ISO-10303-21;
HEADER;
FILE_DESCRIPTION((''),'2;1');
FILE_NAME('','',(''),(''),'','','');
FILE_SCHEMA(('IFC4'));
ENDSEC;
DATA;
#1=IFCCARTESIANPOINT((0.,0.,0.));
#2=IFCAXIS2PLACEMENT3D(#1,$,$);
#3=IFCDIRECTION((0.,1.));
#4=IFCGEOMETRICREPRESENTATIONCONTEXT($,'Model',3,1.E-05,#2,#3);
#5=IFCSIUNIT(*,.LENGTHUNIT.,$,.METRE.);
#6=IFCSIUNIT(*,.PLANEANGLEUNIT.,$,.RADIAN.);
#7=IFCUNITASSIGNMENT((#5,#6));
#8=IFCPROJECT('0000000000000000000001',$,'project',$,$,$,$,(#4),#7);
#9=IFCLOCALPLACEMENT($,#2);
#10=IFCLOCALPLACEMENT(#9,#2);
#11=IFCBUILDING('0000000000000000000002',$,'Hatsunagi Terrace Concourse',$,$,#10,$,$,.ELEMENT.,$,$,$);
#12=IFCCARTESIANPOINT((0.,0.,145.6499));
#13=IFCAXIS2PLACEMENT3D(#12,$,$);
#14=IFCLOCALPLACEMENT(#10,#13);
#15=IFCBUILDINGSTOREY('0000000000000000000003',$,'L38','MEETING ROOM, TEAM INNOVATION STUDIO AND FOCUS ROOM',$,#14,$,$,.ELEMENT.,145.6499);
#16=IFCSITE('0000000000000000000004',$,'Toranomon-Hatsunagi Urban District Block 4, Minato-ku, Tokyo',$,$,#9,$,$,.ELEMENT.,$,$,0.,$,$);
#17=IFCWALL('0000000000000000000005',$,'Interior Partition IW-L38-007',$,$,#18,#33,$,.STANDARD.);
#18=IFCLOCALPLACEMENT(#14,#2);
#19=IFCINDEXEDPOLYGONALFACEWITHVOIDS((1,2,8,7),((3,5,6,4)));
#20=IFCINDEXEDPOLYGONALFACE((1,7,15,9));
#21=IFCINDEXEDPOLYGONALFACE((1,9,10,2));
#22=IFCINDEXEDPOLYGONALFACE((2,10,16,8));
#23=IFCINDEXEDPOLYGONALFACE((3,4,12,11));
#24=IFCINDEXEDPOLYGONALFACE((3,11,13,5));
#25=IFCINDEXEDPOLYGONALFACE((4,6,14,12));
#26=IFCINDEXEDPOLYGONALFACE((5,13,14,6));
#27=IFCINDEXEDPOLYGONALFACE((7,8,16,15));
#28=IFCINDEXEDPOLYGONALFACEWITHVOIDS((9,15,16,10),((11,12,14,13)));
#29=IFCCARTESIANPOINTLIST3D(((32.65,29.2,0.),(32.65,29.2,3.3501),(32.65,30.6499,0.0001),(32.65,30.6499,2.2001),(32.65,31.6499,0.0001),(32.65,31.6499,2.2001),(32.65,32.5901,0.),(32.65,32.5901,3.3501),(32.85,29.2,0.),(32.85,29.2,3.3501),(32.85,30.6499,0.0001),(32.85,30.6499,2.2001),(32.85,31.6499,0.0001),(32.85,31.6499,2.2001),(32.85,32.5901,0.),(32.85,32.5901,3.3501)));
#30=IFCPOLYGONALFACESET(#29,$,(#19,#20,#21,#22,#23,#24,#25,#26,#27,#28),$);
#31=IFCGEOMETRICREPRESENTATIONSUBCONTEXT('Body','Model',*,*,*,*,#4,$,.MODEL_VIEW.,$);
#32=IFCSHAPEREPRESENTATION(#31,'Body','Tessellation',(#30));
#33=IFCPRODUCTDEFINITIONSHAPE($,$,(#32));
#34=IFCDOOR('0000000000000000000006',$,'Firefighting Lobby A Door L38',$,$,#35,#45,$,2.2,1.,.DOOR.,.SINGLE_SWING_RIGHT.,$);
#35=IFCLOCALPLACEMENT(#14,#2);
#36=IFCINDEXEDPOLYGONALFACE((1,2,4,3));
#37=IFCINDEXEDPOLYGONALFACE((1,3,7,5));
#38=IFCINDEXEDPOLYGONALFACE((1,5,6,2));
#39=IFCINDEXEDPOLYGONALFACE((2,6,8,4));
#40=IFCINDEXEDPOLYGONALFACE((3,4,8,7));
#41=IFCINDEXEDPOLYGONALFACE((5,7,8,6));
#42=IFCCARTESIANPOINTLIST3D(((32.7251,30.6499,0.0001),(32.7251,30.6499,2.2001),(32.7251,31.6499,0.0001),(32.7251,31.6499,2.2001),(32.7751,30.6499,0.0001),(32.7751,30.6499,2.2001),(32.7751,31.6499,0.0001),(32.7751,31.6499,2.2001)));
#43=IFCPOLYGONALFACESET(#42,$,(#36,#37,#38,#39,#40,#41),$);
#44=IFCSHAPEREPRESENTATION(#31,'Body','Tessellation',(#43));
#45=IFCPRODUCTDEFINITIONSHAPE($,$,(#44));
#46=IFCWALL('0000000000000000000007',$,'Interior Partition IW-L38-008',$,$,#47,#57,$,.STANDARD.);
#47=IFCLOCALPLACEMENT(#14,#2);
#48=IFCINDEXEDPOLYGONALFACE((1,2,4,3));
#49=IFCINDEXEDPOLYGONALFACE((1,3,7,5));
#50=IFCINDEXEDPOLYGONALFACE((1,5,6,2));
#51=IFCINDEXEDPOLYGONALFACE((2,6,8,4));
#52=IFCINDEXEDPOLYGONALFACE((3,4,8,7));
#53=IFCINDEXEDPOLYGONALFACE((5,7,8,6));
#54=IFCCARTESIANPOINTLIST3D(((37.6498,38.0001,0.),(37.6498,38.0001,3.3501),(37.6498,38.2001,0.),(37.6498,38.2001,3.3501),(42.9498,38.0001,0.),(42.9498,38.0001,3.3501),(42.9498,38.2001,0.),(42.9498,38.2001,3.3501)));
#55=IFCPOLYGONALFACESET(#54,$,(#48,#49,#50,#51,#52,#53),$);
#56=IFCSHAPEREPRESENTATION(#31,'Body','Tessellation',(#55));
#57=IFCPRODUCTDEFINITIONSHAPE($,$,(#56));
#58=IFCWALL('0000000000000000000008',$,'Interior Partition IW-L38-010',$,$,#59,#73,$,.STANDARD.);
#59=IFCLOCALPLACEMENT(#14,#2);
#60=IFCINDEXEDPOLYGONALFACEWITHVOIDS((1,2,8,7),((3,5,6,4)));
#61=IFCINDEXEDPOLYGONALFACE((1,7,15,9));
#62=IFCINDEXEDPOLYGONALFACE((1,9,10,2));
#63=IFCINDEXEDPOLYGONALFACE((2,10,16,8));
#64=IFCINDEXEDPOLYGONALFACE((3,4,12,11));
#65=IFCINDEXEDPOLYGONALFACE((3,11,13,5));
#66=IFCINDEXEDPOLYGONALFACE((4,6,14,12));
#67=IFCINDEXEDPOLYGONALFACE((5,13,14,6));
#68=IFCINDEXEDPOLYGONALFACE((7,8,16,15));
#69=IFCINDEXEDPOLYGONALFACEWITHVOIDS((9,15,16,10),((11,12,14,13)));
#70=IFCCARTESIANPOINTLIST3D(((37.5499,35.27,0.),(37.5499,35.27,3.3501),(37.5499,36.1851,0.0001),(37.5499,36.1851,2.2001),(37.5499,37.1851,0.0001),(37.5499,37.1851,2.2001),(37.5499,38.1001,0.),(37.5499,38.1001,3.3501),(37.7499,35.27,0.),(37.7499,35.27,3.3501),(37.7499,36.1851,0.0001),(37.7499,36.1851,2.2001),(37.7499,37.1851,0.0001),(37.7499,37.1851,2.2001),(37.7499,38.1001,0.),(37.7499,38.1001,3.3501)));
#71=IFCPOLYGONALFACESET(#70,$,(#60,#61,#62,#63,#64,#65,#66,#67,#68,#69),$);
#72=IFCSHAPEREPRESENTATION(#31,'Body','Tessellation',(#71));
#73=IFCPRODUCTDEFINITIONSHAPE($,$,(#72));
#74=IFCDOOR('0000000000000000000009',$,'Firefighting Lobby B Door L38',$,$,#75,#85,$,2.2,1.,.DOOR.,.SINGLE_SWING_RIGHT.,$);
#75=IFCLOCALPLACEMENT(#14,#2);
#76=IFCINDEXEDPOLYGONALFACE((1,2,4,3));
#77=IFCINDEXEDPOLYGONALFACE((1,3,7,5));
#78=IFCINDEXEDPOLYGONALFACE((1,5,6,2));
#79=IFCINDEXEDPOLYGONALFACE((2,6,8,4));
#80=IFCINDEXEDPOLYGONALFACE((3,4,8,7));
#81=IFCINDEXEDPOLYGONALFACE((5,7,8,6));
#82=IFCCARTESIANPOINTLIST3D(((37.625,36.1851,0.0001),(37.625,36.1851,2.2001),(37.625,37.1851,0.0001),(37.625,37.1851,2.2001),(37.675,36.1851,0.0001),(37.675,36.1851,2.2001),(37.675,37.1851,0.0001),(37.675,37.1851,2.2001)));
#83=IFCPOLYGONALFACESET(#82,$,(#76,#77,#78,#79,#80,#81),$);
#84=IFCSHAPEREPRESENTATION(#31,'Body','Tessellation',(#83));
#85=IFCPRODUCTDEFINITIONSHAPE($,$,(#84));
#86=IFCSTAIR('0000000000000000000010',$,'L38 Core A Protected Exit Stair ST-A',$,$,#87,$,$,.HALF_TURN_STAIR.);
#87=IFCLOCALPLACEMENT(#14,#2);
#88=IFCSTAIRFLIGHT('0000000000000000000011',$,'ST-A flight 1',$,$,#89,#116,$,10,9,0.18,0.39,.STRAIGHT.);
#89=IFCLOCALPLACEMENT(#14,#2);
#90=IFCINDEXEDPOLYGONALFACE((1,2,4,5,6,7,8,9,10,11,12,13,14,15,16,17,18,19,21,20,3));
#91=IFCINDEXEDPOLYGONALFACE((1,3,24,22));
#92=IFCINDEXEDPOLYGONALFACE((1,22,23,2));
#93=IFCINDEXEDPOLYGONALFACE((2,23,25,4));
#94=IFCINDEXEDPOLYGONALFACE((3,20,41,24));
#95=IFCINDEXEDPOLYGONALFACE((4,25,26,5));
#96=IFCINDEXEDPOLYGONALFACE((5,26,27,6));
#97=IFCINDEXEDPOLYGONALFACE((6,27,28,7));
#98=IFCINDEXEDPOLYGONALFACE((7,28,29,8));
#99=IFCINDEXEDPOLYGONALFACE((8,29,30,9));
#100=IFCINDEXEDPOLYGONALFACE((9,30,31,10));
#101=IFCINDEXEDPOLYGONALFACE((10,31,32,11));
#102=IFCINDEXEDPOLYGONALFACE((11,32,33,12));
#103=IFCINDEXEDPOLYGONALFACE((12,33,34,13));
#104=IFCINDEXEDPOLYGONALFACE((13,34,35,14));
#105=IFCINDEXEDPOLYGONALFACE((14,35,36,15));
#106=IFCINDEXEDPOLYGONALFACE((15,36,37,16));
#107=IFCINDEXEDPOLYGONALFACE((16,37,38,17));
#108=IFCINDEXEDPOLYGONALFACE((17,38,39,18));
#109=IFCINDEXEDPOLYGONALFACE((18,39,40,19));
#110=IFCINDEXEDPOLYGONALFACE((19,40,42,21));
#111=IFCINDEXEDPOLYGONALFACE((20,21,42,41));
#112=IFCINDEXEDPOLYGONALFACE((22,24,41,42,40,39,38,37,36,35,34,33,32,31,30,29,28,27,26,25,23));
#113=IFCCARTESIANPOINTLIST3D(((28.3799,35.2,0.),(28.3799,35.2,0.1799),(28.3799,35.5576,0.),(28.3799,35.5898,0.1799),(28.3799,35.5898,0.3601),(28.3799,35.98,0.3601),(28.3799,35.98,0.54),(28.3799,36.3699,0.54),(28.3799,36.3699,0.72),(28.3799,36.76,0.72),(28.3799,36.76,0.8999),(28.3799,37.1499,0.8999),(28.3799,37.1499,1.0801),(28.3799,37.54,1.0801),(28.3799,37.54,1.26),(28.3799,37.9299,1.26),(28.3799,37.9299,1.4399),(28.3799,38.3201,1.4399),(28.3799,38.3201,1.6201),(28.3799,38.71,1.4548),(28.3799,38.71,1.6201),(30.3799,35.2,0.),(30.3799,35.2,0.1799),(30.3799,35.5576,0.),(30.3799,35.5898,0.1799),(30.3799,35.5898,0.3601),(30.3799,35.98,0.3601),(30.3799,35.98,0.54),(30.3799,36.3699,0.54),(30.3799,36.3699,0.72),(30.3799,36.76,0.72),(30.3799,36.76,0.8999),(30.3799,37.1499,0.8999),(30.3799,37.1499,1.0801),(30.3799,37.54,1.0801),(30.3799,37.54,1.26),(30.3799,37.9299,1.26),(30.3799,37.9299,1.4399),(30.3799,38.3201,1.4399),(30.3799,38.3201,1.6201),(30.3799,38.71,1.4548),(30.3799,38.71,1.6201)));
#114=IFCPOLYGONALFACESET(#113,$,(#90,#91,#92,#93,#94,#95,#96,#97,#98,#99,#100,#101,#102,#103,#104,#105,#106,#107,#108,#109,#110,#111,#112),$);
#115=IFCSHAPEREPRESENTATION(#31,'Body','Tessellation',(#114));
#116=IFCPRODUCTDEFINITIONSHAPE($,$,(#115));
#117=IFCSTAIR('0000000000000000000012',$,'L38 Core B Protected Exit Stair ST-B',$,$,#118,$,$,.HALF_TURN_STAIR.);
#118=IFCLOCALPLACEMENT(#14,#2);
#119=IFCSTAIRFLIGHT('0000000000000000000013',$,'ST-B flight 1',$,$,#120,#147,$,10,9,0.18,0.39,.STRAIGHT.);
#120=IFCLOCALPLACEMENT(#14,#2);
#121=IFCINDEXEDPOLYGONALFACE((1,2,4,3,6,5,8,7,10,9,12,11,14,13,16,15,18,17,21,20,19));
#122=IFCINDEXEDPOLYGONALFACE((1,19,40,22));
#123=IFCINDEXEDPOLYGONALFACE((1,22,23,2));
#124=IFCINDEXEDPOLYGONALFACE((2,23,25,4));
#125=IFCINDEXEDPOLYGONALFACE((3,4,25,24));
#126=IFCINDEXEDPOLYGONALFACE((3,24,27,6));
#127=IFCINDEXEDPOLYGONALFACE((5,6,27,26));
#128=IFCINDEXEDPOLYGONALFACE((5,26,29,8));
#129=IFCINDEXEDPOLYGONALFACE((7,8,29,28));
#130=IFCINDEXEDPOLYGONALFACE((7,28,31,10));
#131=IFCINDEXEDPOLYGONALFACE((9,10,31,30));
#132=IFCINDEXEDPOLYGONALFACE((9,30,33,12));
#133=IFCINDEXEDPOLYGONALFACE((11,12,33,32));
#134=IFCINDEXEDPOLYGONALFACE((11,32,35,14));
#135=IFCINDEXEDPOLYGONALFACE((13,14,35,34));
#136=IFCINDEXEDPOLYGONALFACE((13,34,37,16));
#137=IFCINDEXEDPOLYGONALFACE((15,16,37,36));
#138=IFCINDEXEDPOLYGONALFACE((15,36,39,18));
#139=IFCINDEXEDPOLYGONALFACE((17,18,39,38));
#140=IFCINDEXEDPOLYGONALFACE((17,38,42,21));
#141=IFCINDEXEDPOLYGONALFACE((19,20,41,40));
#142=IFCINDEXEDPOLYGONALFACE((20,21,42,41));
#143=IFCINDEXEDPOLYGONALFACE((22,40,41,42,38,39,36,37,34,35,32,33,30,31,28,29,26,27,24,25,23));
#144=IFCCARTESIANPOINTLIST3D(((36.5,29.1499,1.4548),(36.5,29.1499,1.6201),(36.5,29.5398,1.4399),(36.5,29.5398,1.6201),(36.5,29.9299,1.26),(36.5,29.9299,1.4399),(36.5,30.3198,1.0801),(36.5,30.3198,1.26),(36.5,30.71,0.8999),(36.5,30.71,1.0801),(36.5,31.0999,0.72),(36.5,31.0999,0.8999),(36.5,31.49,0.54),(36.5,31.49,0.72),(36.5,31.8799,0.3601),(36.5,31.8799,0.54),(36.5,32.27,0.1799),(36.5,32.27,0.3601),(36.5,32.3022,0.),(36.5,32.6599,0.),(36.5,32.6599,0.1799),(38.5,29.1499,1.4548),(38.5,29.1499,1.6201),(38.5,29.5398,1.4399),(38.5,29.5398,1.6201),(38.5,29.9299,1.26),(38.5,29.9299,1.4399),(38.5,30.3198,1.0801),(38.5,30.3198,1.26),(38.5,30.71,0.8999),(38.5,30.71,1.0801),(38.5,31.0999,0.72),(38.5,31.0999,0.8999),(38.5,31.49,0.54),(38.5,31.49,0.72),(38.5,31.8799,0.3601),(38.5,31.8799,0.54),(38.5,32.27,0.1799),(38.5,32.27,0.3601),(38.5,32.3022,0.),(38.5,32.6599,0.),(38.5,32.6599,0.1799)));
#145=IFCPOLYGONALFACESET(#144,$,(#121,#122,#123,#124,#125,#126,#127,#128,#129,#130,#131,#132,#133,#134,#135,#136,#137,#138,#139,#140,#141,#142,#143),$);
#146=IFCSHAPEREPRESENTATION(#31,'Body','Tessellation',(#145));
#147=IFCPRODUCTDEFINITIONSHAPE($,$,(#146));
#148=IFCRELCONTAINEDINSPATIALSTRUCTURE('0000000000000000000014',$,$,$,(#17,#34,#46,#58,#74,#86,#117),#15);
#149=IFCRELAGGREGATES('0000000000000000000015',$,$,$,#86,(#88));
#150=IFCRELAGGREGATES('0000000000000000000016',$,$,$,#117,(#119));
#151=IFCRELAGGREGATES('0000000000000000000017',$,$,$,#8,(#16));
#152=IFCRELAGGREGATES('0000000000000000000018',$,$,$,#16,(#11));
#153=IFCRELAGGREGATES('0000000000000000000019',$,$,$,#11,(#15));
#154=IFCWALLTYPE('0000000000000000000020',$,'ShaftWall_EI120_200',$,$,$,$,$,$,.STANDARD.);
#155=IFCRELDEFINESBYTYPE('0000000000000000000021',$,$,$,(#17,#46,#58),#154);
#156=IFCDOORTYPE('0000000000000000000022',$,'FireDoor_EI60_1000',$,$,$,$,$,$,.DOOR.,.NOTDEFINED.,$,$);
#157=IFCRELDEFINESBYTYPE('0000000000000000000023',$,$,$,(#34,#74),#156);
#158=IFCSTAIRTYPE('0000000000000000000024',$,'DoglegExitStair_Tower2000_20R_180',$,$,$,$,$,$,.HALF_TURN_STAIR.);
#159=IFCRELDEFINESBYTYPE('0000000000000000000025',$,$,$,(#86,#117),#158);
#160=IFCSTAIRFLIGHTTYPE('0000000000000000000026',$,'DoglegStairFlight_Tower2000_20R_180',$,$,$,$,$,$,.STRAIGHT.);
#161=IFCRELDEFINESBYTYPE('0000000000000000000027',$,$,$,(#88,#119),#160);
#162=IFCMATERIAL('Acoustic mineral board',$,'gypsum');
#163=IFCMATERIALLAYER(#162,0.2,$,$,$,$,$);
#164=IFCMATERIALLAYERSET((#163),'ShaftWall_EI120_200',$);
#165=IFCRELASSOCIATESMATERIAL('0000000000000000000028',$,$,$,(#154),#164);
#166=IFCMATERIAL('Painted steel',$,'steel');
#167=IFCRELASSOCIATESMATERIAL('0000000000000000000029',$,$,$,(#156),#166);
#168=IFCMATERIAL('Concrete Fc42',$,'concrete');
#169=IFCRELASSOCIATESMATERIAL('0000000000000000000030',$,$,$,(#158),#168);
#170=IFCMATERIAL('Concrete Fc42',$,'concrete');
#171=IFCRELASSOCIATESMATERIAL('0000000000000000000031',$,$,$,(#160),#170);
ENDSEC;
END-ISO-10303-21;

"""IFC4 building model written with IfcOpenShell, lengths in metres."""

from ifc_helpers import new_model, si_unit, direction, frame, frame_2d, origin, place, context, subcontext, project, spatial, polyline, rectangle, outline, extrude, material, layer, layer_set, type_object, element, fill, aggregate, save


model = new_model("IFC4")

# Units and contexts
model_context = context("Model", 3, precision=1e-05, world=origin(), true_north=direction((0.0, 1.0)))
body_context = subcontext(model_context, "Body", "Model", "MODEL_VIEW")
ifc_project = project(units=[si_unit("LENGTHUNIT", "METRE"), si_unit("PLANEANGLEUNIT", "RADIAN")], contexts=[model_context])

# Site, building, storey
site_placement = place(None, origin())
site = spatial("IfcSite", under=ifc_project, at=site_placement, Name="Toranomon-Hatsunagi Urban District Block 4, Minato-ku, Tokyo", CompositionType="ELEMENT", RefElevation=0.0)
building_placement = place(site_placement, origin())
building = spatial("IfcBuilding", under=site, at=building_placement, Name="Hatsunagi Terrace Concourse", CompositionType="ELEMENT")
storey_placement = place(building_placement, frame((0.0, 0.0, 145.6499)))
storey = spatial("IfcBuildingStorey", under=building, at=storey_placement, Name="L38", Description="MEETING ROOM, TEAM INNOVATION STUDIO AND FOCUS ROOM", CompositionType="ELEMENT", Elevation=145.6499)

# Shared definitions
ifc_material_1 = material(Name="Acoustic mineral board", Category="gypsum")
ifc_layer_1 = layer(ifc_material_1, 0.2)
ifc_layer_set_1 = layer_set([ifc_layer_1], Name="ShaftWall_EI120_200")
wall_type_1 = type_object("IfcWallType", Name="ShaftWall_EI120_200", PredefinedType="STANDARD", material=ifc_layer_set_1)

# Wall, opening, door
wall_1_placement = place(storey_placement, frame((32.75, 29.2, 0.0), z_axis=(0.0, 0.0, 1.0), x_axis=(0.0, 1.0, 0.0)))
wall_1 = element("IfcWall", 1, at=wall_1_placement, inside=storey, type_object=wall_type_1, Name="Interior Partition IW-L38-007", PredefinedType="STANDARD", context=body_context, shape_type="SweptSolid", body=[
    extrude(rectangle(XDim=3.3901, YDim=0.2, at=frame_2d((1.6951, 0.0))), origin(), (0.0, 0.0, 1.0), 3.3501),
])
opening_1_placement = place(wall_1_placement, frame((1.45, 0.0, 0.0)))
opening_1 = element("IfcOpeningElement", 2, at=opening_1_placement, cuts=wall_1, PredefinedType="OPENING", context=body_context, shape_type="SweptSolid", body=[
    extrude(rectangle(XDim=1.0, YDim=2.2, at=frame_2d((0.5, 1.1001))), frame((0.0, 0.1099, 0.0), z_axis=(0.0, -1.0, 0.0), x_axis=(1.0, 0.0, 0.0)), (0.0, 0.0, 1.0), 0.22),
])
ifc_material_2 = material(Name="Painted steel", Category="steel")
door_type_1 = type_object("IfcDoorType", Name="FireDoor_EI60_1000", OperationType="NOTDEFINED", PredefinedType="DOOR", material=ifc_material_2)
door_1_placement = place(opening_1_placement, origin())
door_1 = element("IfcDoor", 3, at=door_1_placement, inside=storey, type_object=door_type_1, Name="Firefighting Lobby A Door L38", OperationType="SINGLE_SWING_RIGHT", OverallHeight=2.2, OverallWidth=1.0, PredefinedType="DOOR", context=body_context, shape_type="SweptSolid", body=[
    extrude(rectangle(XDim=1.0, YDim=2.2, at=frame_2d((0.5, 1.1001))), frame((0.0, 0.0249, 0.0), z_axis=(0.0, -1.0, 0.0), x_axis=(1.0, 0.0, 0.0)), (0.0, 0.0, 1.0), 0.05),
])
fill(opening_1, door_1)

# Wall
wall_2_placement = place(storey_placement, frame((37.6499, 38.1001, 0.0), z_axis=(0.0, 0.0, 1.0), x_axis=(1.0, 0.0, 0.0)))
element("IfcWall", 4, at=wall_2_placement, inside=storey, type_object=wall_type_1, Name="Interior Partition IW-L38-008", PredefinedType="STANDARD", context=body_context, shape_type="SweptSolid", body=[
    extrude(rectangle(XDim=5.3, YDim=0.2, at=frame_2d((2.6499, 0.0))), origin(), (0.0, 0.0, 1.0), 3.3501),
])

# Wall, opening, door
wall_3_placement = place(storey_placement, frame((37.6499, 35.27, 0.0), z_axis=(0.0, 0.0, 1.0), x_axis=(0.0, 1.0, 0.0)))
wall_3 = element("IfcWall", 5, at=wall_3_placement, inside=storey, type_object=wall_type_1, Name="Interior Partition IW-L38-010", PredefinedType="STANDARD", context=body_context, shape_type="SweptSolid", body=[
    extrude(rectangle(XDim=2.8301, YDim=0.2, at=frame_2d((1.415, 0.0))), origin(), (0.0, 0.0, 1.0), 3.3501),
])
opening_2_placement = place(wall_3_placement, frame((0.915, 0.0, 0.0)))
opening_2 = element("IfcOpeningElement", 6, at=opening_2_placement, cuts=wall_3, PredefinedType="OPENING", context=body_context, shape_type="SweptSolid", body=[
    extrude(rectangle(XDim=1.0, YDim=2.2, at=frame_2d((0.5, 1.1001))), frame((0.0, 0.1099, 0.0), z_axis=(0.0, -1.0, 0.0), x_axis=(1.0, 0.0, 0.0)), (0.0, 0.0, 1.0), 0.22),
])
door_2_placement = place(opening_2_placement, origin())
door_2 = element("IfcDoor", 7, at=door_2_placement, inside=storey, type_object=door_type_1, Name="Firefighting Lobby B Door L38", OperationType="SINGLE_SWING_RIGHT", OverallHeight=2.2, OverallWidth=1.0, PredefinedType="DOOR", context=body_context, shape_type="SweptSolid", body=[
    extrude(rectangle(XDim=1.0, YDim=2.2, at=frame_2d((0.5, 1.1001))), frame((0.0, 0.0249, 0.0), z_axis=(0.0, -1.0, 0.0), x_axis=(1.0, 0.0, 0.0)), (0.0, 0.0, 1.0), 0.05),
])
fill(opening_2, door_2)

# Stairs, stair flights
ifc_material_3 = material(Name="Concrete Fc42", Category="concrete")
stair_type = type_object("IfcStairType", Name="DoglegExitStair_Tower2000_20R_180", PredefinedType="HALF_TURN_STAIR", material=ifc_material_3)
stair_1_placement = place(storey_placement, origin())
stair_1 = element("IfcStair", 8, at=stair_1_placement, inside=storey, type_object=stair_type, Name="L38 Core A Protected Exit Stair ST-A", PredefinedType="HALF_TURN_STAIR")
ifc_material_4 = material(Name="Concrete Fc42", Category="concrete")
stair_flight_type = type_object("IfcStairFlightType", Name="DoglegStairFlight_Tower2000_20R_180", PredefinedType="STRAIGHT", material=ifc_material_4)
stair_flight_1_placement = place(storey_placement, frame((29.3799, 35.2, 0.0), z_axis=(0.0, 0.0, 1.0), x_axis=(0.0, 1.0, 0.0)))
stair_flight_1 = element("IfcStairFlight", 9, at=stair_flight_1_placement, type_object=stair_flight_type, Name="ST-A flight 1", NumberOfRisers=10, NumberOfTreads=9, PredefinedType="STRAIGHT", RiserHeight=0.18, TreadLength=0.39, context=body_context, shape_type="SweptSolid", body=[
    extrude(outline(polyline([(0.0, 0.0), (0.0, 0.1799), (0.3899, 0.1799), (0.3899, 0.3601), (0.78, 0.3601), (0.78, 0.54), (1.1699, 0.54), (1.1699, 0.72), (1.5601, 0.72), (1.5601, 0.8999), (1.95, 0.8999), (1.95, 1.0801), (2.3401, 1.0801), (2.3401, 1.26), (2.73, 1.26), (2.73, 1.4399), (3.1201, 1.4399), (3.1201, 1.6201), (3.51, 1.6201), (3.51, 1.8), (3.51, 1.4548), (0.3577, 0.0), (0.0, 0.0)])), frame((0.0, 1.0, 0.0), z_axis=(0.0, -1.0, 0.0), x_axis=(1.0, 0.0, 0.0)), (0.0, 0.0, 1.0), 2.0),
])
aggregate(stair_1, [stair_flight_1])
stair_2_placement = place(storey_placement, origin())
stair_2 = element("IfcStair", 10, at=stair_2_placement, inside=storey, type_object=stair_type, Name="L38 Core B Protected Exit Stair ST-B", PredefinedType="HALF_TURN_STAIR")
stair_flight_2_placement = place(storey_placement, frame((37.5, 32.6599, 0.0), z_axis=(0.0, 0.0, 1.0), x_axis=(0.0, -1.0, 0.0)))
stair_flight_2 = element("IfcStairFlight", 11, at=stair_flight_2_placement, type_object=stair_flight_type, Name="ST-B flight 1", NumberOfRisers=10, NumberOfTreads=9, PredefinedType="STRAIGHT", RiserHeight=0.18, TreadLength=0.39, context=body_context, shape_type="SweptSolid", body=[
    extrude(outline(polyline([(0.0, 0.0), (0.0, 0.1799), (0.3899, 0.1799), (0.3899, 0.3601), (0.78, 0.3601), (0.78, 0.54), (1.1699, 0.54), (1.1699, 0.72), (1.5601, 0.72), (1.5601, 0.8999), (1.95, 0.8999), (1.95, 1.0801), (2.3401, 1.0801), (2.3401, 1.26), (2.73, 1.26), (2.73, 1.4399), (3.1201, 1.4399), (3.1201, 1.6201), (3.51, 1.6201), (3.51, 1.8), (3.51, 1.4548), (0.3577, 0.0), (0.0, 0.0)])), frame((0.0, 1.0, 0.0), z_axis=(0.0, -1.0, 0.0), x_axis=(1.0, 0.0, 0.0)), (0.0, 0.0, 1.0), 2.0),
])
aggregate(stair_2, [stair_flight_2])

save(model, "model.ifc")
